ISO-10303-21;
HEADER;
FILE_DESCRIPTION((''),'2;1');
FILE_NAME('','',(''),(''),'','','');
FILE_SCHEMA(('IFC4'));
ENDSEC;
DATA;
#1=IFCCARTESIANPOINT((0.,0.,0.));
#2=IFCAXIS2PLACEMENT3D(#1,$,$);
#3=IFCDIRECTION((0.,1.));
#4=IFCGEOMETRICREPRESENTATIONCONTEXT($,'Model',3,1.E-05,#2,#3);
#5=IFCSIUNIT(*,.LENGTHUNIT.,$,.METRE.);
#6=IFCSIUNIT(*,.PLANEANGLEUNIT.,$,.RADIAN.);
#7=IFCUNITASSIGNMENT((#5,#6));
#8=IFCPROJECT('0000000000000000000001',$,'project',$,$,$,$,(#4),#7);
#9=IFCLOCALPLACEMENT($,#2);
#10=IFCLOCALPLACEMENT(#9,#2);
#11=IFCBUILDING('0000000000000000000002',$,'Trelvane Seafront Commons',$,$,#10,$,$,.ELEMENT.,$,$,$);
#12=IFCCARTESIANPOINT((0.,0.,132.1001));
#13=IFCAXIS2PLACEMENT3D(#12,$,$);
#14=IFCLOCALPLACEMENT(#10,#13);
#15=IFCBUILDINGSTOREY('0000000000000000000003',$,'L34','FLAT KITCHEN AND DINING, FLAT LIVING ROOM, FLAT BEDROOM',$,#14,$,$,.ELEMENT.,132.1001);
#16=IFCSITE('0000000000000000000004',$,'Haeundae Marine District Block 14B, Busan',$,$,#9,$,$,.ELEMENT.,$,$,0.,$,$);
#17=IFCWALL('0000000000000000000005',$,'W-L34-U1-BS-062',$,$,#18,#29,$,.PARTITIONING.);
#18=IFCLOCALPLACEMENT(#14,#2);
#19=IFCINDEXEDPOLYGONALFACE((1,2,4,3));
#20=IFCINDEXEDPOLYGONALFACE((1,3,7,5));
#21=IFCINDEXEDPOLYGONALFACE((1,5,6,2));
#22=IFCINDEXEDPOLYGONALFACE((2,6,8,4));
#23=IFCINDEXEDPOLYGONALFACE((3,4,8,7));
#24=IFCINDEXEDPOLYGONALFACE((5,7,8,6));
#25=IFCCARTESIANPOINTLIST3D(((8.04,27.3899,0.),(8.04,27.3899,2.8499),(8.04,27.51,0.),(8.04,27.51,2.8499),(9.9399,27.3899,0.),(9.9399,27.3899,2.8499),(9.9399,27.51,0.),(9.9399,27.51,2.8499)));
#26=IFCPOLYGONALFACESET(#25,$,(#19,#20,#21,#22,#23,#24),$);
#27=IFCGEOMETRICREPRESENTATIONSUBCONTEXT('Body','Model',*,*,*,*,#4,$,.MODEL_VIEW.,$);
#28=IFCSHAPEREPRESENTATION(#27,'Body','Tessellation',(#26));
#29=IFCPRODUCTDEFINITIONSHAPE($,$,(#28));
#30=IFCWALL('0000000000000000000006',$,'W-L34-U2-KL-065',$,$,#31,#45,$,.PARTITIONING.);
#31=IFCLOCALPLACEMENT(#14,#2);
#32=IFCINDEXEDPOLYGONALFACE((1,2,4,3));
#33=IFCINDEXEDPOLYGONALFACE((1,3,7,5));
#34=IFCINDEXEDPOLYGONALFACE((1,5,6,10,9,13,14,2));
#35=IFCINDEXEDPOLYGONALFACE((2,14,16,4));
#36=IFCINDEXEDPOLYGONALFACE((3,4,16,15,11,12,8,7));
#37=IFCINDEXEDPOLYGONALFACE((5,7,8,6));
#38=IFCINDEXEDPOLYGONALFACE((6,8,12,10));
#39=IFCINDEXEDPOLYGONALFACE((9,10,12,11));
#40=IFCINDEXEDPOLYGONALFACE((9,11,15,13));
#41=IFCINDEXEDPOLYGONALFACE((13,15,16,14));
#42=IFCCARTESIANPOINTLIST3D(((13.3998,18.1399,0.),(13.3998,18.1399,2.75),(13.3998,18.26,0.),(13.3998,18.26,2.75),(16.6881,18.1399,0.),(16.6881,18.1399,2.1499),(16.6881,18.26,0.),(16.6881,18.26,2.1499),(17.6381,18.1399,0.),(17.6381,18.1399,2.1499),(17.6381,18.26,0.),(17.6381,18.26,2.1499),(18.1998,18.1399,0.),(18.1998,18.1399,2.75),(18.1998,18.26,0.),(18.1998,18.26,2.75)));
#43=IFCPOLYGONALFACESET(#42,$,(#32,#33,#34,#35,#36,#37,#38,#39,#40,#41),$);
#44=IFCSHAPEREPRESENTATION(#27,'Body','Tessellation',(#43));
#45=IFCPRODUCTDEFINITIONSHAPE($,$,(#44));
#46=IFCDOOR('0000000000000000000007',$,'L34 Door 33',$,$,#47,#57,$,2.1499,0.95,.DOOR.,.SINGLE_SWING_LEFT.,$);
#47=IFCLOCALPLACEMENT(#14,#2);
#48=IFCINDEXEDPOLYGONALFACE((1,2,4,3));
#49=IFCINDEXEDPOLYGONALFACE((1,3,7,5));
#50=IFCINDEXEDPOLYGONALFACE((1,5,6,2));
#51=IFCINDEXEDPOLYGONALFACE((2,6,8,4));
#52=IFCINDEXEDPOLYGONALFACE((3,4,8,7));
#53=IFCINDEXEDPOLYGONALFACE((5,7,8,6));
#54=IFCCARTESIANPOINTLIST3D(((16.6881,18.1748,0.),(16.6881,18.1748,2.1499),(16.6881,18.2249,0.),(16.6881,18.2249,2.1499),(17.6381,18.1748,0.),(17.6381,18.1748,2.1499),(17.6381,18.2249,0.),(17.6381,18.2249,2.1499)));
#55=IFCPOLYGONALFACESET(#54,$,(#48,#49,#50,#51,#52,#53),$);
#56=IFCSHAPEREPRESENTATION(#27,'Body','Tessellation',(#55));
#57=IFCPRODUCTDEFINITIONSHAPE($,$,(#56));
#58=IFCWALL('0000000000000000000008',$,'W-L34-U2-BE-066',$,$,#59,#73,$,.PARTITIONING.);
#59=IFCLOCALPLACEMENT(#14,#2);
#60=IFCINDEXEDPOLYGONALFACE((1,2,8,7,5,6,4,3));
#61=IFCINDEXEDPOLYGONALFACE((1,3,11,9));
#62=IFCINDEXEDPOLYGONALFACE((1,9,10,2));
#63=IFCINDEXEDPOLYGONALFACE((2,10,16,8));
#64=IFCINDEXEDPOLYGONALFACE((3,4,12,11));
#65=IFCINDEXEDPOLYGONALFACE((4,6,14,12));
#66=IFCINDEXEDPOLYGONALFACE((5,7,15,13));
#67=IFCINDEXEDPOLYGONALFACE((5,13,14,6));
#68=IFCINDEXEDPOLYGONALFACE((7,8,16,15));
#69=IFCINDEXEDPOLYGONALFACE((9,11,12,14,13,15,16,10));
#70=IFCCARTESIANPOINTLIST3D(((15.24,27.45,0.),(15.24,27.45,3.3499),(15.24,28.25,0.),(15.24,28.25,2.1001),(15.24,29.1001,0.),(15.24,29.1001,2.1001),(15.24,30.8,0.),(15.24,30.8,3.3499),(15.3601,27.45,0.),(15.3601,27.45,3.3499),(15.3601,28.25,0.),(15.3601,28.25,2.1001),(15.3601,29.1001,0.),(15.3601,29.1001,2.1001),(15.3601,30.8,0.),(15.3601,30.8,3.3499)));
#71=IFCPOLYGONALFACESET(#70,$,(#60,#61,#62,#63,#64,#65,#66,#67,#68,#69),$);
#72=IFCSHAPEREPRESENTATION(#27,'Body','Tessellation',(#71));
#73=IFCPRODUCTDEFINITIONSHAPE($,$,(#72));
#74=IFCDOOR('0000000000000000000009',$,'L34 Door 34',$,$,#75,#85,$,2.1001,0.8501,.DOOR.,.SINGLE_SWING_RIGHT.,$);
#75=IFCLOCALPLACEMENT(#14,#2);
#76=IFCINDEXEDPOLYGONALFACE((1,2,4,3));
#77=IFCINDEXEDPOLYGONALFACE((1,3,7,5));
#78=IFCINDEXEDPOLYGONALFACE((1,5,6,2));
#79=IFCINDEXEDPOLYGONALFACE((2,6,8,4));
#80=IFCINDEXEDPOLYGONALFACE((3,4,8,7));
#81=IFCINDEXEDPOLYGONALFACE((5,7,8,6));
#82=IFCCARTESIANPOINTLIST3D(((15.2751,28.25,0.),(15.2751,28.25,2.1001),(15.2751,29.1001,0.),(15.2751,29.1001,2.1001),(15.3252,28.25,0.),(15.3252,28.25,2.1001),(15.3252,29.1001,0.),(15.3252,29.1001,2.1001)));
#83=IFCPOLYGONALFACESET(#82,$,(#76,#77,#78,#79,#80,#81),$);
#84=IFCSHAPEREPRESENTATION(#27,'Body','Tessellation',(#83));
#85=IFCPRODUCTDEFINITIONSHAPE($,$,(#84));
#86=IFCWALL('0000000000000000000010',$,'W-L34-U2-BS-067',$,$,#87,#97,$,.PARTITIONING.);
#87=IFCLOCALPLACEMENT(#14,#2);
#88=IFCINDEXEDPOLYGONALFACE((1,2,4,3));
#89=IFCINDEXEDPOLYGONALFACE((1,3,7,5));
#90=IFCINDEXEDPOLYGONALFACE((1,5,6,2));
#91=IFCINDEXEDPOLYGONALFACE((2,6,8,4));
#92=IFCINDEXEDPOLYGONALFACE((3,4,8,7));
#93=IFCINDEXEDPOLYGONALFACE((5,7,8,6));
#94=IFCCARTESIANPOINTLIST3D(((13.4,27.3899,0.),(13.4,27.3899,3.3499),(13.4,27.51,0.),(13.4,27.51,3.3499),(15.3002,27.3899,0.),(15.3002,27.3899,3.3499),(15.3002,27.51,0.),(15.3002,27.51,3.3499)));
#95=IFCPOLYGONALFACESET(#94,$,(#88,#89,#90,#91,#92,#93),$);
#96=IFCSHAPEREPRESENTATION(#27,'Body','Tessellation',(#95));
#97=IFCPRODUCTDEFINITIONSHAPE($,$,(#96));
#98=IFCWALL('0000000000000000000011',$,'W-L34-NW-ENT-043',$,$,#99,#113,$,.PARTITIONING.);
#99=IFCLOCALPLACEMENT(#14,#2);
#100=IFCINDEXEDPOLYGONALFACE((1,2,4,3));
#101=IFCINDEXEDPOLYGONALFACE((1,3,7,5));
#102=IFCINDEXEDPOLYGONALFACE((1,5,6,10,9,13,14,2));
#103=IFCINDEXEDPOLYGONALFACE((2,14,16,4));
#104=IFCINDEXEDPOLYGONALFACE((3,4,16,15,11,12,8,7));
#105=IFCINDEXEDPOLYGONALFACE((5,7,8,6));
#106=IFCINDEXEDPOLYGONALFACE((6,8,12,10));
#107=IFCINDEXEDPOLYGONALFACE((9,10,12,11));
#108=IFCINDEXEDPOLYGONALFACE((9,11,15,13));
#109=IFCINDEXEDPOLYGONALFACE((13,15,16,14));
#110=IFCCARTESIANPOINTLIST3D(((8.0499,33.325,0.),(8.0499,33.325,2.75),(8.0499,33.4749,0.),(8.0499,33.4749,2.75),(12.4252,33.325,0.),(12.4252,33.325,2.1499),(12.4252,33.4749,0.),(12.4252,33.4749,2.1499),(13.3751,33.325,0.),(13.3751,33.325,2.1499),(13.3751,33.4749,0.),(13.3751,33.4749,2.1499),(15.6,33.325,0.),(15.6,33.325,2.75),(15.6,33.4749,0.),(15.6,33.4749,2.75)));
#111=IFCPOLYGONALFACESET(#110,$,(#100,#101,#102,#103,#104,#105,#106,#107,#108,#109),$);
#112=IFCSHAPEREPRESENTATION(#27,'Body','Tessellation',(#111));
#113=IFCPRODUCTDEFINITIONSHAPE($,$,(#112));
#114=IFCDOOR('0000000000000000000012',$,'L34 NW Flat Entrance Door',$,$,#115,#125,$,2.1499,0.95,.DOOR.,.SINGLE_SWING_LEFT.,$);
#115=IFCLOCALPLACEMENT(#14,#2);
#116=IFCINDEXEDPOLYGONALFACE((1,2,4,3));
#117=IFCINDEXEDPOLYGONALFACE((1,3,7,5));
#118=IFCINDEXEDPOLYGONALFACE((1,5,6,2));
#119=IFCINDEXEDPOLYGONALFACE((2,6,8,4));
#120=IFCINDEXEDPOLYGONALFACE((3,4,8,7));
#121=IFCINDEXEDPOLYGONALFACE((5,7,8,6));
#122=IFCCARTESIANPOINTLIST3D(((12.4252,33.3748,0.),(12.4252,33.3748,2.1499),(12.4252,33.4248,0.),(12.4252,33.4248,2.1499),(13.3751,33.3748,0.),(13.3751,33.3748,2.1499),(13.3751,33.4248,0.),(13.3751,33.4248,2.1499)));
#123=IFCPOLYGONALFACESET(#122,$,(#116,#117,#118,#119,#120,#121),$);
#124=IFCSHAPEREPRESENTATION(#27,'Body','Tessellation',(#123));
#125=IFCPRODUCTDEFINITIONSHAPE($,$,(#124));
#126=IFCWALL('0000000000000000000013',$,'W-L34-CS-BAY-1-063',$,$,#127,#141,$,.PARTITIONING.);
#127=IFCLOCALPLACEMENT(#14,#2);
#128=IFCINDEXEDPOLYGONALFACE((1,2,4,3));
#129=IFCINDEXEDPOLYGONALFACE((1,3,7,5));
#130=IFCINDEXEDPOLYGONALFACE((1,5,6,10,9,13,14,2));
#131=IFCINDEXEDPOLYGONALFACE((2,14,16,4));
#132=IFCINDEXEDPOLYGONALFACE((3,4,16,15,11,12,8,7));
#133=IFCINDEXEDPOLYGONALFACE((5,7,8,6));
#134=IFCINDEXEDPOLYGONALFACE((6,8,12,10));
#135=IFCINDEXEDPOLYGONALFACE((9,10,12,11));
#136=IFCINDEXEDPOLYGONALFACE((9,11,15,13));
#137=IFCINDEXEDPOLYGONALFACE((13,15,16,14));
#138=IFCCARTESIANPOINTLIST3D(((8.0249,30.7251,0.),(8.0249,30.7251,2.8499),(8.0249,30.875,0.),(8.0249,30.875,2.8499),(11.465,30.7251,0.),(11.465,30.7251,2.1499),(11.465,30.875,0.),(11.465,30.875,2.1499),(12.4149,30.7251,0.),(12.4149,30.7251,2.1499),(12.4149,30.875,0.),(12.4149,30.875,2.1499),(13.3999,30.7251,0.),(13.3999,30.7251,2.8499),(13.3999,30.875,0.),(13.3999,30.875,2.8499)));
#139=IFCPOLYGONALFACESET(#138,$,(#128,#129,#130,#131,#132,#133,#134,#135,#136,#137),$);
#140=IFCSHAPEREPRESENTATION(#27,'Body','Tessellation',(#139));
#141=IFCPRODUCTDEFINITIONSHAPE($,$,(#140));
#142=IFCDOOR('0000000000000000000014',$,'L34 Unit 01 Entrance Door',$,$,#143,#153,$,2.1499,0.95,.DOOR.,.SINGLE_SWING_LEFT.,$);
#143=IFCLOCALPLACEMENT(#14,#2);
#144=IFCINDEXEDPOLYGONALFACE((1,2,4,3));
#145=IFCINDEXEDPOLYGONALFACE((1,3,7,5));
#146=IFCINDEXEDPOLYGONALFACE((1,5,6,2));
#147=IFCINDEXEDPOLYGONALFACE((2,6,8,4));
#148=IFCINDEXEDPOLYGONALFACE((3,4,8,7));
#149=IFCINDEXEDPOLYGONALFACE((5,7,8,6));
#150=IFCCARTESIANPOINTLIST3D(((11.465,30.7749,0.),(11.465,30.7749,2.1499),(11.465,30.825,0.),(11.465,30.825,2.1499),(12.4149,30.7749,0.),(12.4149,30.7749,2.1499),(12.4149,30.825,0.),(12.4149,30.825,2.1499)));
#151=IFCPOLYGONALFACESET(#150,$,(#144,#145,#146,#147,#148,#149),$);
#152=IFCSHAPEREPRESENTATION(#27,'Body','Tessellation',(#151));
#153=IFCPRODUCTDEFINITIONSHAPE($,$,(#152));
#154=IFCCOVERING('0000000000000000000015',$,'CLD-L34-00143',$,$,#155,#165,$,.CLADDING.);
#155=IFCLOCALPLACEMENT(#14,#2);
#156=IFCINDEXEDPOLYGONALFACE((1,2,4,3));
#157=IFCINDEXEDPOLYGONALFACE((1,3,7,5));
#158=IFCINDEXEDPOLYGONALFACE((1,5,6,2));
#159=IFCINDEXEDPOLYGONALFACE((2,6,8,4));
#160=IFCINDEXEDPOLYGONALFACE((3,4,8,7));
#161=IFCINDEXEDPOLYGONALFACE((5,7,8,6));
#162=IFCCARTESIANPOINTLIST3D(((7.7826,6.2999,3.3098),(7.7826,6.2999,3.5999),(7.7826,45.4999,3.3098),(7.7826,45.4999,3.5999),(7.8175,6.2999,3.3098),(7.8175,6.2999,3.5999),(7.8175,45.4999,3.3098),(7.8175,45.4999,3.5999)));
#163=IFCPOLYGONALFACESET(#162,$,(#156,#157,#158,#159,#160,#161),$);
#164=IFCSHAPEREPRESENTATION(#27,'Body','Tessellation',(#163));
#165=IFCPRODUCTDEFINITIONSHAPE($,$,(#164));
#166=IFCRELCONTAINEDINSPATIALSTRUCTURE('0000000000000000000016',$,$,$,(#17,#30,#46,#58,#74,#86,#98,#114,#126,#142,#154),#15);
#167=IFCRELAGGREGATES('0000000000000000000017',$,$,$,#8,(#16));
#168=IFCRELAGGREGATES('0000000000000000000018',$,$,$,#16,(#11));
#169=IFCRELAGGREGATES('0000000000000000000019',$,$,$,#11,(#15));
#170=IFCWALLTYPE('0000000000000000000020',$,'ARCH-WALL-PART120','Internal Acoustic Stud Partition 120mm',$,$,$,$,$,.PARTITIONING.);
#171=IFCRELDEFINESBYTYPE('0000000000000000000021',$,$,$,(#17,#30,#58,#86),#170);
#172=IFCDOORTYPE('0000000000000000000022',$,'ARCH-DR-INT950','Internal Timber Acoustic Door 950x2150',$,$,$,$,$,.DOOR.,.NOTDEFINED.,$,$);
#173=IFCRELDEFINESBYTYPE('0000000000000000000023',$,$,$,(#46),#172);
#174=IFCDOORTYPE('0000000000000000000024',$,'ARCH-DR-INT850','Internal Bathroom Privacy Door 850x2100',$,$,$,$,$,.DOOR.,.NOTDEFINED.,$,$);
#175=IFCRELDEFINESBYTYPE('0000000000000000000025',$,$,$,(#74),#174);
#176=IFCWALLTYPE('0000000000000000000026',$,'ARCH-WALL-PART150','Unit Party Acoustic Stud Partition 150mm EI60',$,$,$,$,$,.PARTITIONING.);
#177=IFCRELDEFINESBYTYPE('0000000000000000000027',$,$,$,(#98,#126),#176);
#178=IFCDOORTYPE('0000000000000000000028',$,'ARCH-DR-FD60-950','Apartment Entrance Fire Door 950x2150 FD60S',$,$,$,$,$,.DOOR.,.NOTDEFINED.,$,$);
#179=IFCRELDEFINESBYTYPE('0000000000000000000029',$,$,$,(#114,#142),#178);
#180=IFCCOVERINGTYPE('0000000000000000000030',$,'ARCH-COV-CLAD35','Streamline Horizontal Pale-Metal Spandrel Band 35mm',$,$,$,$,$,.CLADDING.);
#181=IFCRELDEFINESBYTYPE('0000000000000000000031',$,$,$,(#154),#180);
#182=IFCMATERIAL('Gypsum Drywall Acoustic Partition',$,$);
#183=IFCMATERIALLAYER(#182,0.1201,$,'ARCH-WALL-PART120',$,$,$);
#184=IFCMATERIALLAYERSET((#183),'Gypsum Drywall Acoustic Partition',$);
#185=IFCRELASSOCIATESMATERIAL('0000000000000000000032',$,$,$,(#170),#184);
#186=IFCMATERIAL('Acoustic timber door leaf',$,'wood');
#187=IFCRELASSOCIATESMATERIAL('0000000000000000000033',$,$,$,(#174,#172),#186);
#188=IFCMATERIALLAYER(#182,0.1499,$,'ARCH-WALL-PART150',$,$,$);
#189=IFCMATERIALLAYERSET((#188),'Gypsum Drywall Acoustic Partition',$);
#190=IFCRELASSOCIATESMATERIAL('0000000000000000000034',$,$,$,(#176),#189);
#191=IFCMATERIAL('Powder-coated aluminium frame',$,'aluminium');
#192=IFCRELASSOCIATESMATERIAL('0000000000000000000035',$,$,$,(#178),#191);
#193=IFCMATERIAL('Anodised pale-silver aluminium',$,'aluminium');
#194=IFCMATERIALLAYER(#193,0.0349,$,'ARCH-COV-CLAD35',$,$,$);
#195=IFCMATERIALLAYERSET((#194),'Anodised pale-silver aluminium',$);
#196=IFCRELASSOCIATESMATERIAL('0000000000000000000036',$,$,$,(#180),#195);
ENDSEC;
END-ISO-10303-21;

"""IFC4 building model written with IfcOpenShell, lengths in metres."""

from ifc_helpers import new_model, si_unit, direction, frame, frame_2d, origin, origin_2d, place, context, subcontext, project, spatial, rectangle, extrude, source, transform, mapped, material, layer, layer_set, type_object, element, fill, save


model = new_model("IFC4")

# Units and contexts
model_context = context("Model", 3, precision=1e-05, world=origin(), true_north=direction((0.0, 1.0)))
body_context = subcontext(model_context, "Body", "Model", "MODEL_VIEW")
ifc_project = project(units=[si_unit("LENGTHUNIT", "METRE"), si_unit("PLANEANGLEUNIT", "RADIAN")], contexts=[model_context])

# Site, building, storey
site_placement = place(None, origin())
site = spatial("IfcSite", under=ifc_project, at=site_placement, Name="Haeundae Marine District Block 14B, Busan", CompositionType="ELEMENT", RefElevation=0.0)
building_placement = place(site_placement, origin())
building = spatial("IfcBuilding", under=site, at=building_placement, Name="Trelvane Seafront Commons", CompositionType="ELEMENT")
storey_placement = place(building_placement, frame((0.0, 0.0, 132.1001)))
storey = spatial("IfcBuildingStorey", under=building, at=storey_placement, Name="L34", Description="FLAT KITCHEN AND DINING, FLAT LIVING ROOM, FLAT BEDROOM", CompositionType="ELEMENT", Elevation=132.1001)

# Shared definitions
ifc_material_1 = material(Name="Anodised pale-silver aluminium", Category="aluminium")

# Shared definitions
ifc_material_2 = material(Name="Gypsum Drywall Acoustic Partition")
ifc_layer_1 = layer(ifc_material_2, 0.1201, Name="ARCH-WALL-PART120")
ifc_layer_set_1 = layer_set([ifc_layer_1], Name="Gypsum Drywall Acoustic Partition")
wall_type_1 = type_object("IfcWallType", Name="ARCH-WALL-PART120", Description="Internal Acoustic Stud Partition 120mm", PredefinedType="PARTITIONING", material=ifc_layer_set_1)
ifc_material_3 = material(Name="Acoustic timber door leaf", Category="wood")
door_type_1 = type_object("IfcDoorType", Name="ARCH-DR-INT850", Description="Internal Bathroom Privacy Door 850x2100", OperationType="NOTDEFINED", PredefinedType="DOOR", material=ifc_material_3)
shared_shape_1 = source(origin(), body_context, "Body", "SweptSolid", [
    extrude(rectangle(XDim=0.8501, YDim=2.1001, at=frame_2d((0.425, 1.05))), frame((0.0, 0.0249, 0.0), z_axis=(0.0, -1.0, 0.0), x_axis=(1.0, 0.0, 0.0)), (0.0, 0.0, 1.0), 0.05),
])
door_type_2 = type_object("IfcDoorType", Name="ARCH-DR-INT950", Description="Internal Timber Acoustic Door 950x2150", OperationType="NOTDEFINED", PredefinedType="DOOR", material=ifc_material_3)
shared_shape_2 = source(origin(), body_context, "Body", "SweptSolid", [
    extrude(rectangle(XDim=0.95, YDim=2.1499, at=frame_2d((0.4751, 1.075))), frame((0.0, 0.0249, 0.0), z_axis=(0.0, -1.0, 0.0), x_axis=(1.0, 0.0, 0.0)), (0.0, 0.0, 1.0), 0.05),
])

# Wall
wall_1_placement = place(storey_placement, frame((8.04, 27.45, 0.0), z_axis=(0.0, 0.0, 1.0), x_axis=(1.0, 0.0, 0.0)))
element("IfcWall", 1, at=wall_1_placement, inside=storey, type_object=wall_type_1, Name="W-L34-U1-BS-062", PredefinedType="PARTITIONING", context=body_context, shape_type="SweptSolid", body=[
    extrude(rectangle(XDim=1.8999, YDim=0.1201, at=frame_2d((0.95, 0.0))), origin(), (0.0, 0.0, 1.0), 2.8499),
])

# Walls, openings, doors
wall_2_placement = place(storey_placement, frame((13.3999, 18.2, 0.0), z_axis=(0.0, 0.0, 1.0), x_axis=(1.0, 0.0, 0.0)))
wall_2 = element("IfcWall", 2, at=wall_2_placement, inside=storey, type_object=wall_type_1, Name="W-L34-U2-KL-065", PredefinedType="PARTITIONING", context=body_context, shape_type="SweptSolid", body=[
    extrude(rectangle(XDim=4.8, YDim=0.1201, at=frame_2d((2.3999, 0.0))), origin(), (0.0, 0.0, 1.0), 2.75),
])
opening_1_placement = place(wall_2_placement, frame((3.2881, 0.0, 0.0)))
opening_1 = element("IfcOpeningElement", 3, at=opening_1_placement, cuts=wall_2, PredefinedType="OPENING", context=body_context, shape_type="SweptSolid", body=[
    extrude(rectangle(XDim=0.95, YDim=2.1499, at=frame_2d((0.4751, 1.075))), frame((0.0, 0.0701, 0.0), z_axis=(0.0, -1.0, 0.0), x_axis=(1.0, 0.0, 0.0)), (0.0, 0.0, 1.0), 0.1401),
])
door_1_placement = place(opening_1_placement, origin())
door_1 = element("IfcDoor", 4, at=door_1_placement, inside=storey, type_object=door_type_2, Name="L34 Door 33", OperationType="SINGLE_SWING_LEFT", OverallHeight=2.1499, OverallWidth=0.95, PredefinedType="DOOR", context=body_context, shape_type="MappedRepresentation", body=[
    mapped(shared_shape_2, transform((0.0, 0.0, 0.0), x_axis=(1.0, 0.0, 0.0), y_axis=(0.0, 1.0, 0.0), z_axis=(0.0, 0.0, 1.0), scale=1.0)),
])
fill(opening_1, door_1)
wall_3_placement = place(storey_placement, frame((15.3, 27.45, 0.0), z_axis=(0.0, 0.0, 1.0), x_axis=(0.0, 1.0, 0.0)))
wall_3 = element("IfcWall", 5, at=wall_3_placement, inside=storey, type_object=wall_type_1, Name="W-L34-U2-BE-066", PredefinedType="PARTITIONING", context=body_context, shape_type="SweptSolid", body=[
    extrude(rectangle(XDim=3.3501, YDim=0.1201, at=frame_2d((1.675, 0.0))), origin(), (0.0, 0.0, 1.0), 3.3499),
])
opening_2_placement = place(wall_3_placement, frame((0.8, 0.0, 0.0)))
opening_2 = element("IfcOpeningElement", 6, at=opening_2_placement, cuts=wall_3, PredefinedType="OPENING", context=body_context, shape_type="SweptSolid", body=[
    extrude(rectangle(XDim=0.8501, YDim=2.1001, at=frame_2d((0.425, 1.05))), frame((0.0, 0.0701, 0.0), z_axis=(0.0, -1.0, 0.0), x_axis=(1.0, 0.0, 0.0)), (0.0, 0.0, 1.0), 0.1401),
])
door_2_placement = place(opening_2_placement, origin())
door_2 = element("IfcDoor", 7, at=door_2_placement, inside=storey, type_object=door_type_1, Name="L34 Door 34", OperationType="SINGLE_SWING_RIGHT", OverallHeight=2.1001, OverallWidth=0.8501, PredefinedType="DOOR", context=body_context, shape_type="MappedRepresentation", body=[
    mapped(shared_shape_1, transform((0.0, 0.0, 0.0), x_axis=(1.0, 0.0, 0.0), y_axis=(0.0, 1.0, 0.0), z_axis=(0.0, 0.0, 1.0), scale=1.0)),
])
fill(opening_2, door_2)

# Wall
wall_4_placement = place(storey_placement, frame((13.3999, 27.45, 0.0), z_axis=(0.0, 0.0, 1.0), x_axis=(1.0, 0.0, 0.0)))
element("IfcWall", 8, at=wall_4_placement, inside=storey, type_object=wall_type_1, Name="W-L34-U2-BS-067", PredefinedType="PARTITIONING", context=body_context, shape_type="SweptSolid", body=[
    extrude(rectangle(XDim=1.9001, YDim=0.1201, at=frame_2d((0.9502, 0.0))), origin(), (0.0, 0.0, 1.0), 3.3499),
])

# Walls, openings, doors
ifc_layer_2 = layer(ifc_material_2, 0.1499, Name="ARCH-WALL-PART150")
ifc_layer_set_2 = layer_set([ifc_layer_2], Name="Gypsum Drywall Acoustic Partition")
wall_type_2 = type_object("IfcWallType", Name="ARCH-WALL-PART150", Description="Unit Party Acoustic Stud Partition 150mm EI60", PredefinedType="PARTITIONING", material=ifc_layer_set_2)
wall_5_placement = place(storey_placement, frame((8.05, 33.3999, 0.0), z_axis=(0.0, 0.0, 1.0), x_axis=(1.0, 0.0, 0.0)))
wall_5 = element("IfcWall", 9, at=wall_5_placement, inside=storey, type_object=wall_type_2, Name="W-L34-NW-ENT-043", PredefinedType="PARTITIONING", context=body_context, shape_type="SweptSolid", body=[
    extrude(rectangle(XDim=7.55, YDim=0.1499, at=frame_2d((3.7749, 0.0))), origin(), (0.0, 0.0, 1.0), 2.75),
])
opening_3_placement = place(wall_5_placement, frame((4.375, 0.0, 0.0)))
opening_3 = element("IfcOpeningElement", 10, at=opening_3_placement, cuts=wall_5, PredefinedType="OPENING", context=body_context, shape_type="SweptSolid", body=[
    extrude(rectangle(XDim=0.95, YDim=2.1499, at=frame_2d((0.4751, 1.075))), frame((0.0, 0.085, 0.0), z_axis=(0.0, -1.0, 0.0), x_axis=(1.0, 0.0, 0.0)), (0.0, 0.0, 1.0), 0.1699),
])
ifc_material_4 = material(Name="Powder-coated aluminium frame", Category="aluminium")
door_type_3 = type_object("IfcDoorType", Name="ARCH-DR-FD60-950", Description="Apartment Entrance Fire Door 950x2150 FD60S", OperationType="NOTDEFINED", PredefinedType="DOOR", material=ifc_material_4)
door_3_placement = place(opening_3_placement, origin())
door_3 = element("IfcDoor", 11, at=door_3_placement, inside=storey, type_object=door_type_3, Name="L34 NW Flat Entrance Door", OperationType="SINGLE_SWING_LEFT", OverallHeight=2.1499, OverallWidth=0.95, PredefinedType="DOOR", context=body_context, shape_type="MappedRepresentation", body=[
    mapped(shared_shape_2, transform((0.0, 0.0, 0.0), x_axis=(1.0, 0.0, 0.0), y_axis=(0.0, 1.0, 0.0), z_axis=(0.0, 0.0, 1.0), scale=1.0)),
])
fill(opening_3, door_3)
wall_6_placement = place(storey_placement, frame((8.0249, 30.8, 0.0), z_axis=(0.0, 0.0, 1.0), x_axis=(1.0, 0.0, 0.0)))
wall_6 = element("IfcWall", 12, at=wall_6_placement, inside=storey, type_object=wall_type_2, Name="W-L34-CS-BAY-1-063", PredefinedType="PARTITIONING", context=body_context, shape_type="SweptSolid", body=[
    extrude(rectangle(XDim=5.375, YDim=0.1499, at=frame_2d((2.6875, 0.0))), origin(), (0.0, 0.0, 1.0), 2.8499),
])
opening_4_placement = place(wall_6_placement, frame((3.4399, 0.0, 0.0)))
opening_4 = element("IfcOpeningElement", 13, at=opening_4_placement, cuts=wall_6, PredefinedType="OPENING", context=body_context, shape_type="SweptSolid", body=[
    extrude(rectangle(XDim=0.95, YDim=2.1499, at=frame_2d((0.4751, 1.075))), frame((0.0, 0.085, 0.0), z_axis=(0.0, -1.0, 0.0), x_axis=(1.0, 0.0, 0.0)), (0.0, 0.0, 1.0), 0.1699),
])
door_4_placement = place(opening_4_placement, origin())
door_4 = element("IfcDoor", 14, at=door_4_placement, inside=storey, type_object=door_type_3, Name="L34 Unit 01 Entrance Door", OperationType="SINGLE_SWING_LEFT", OverallHeight=2.1499, OverallWidth=0.95, PredefinedType="DOOR", context=body_context, shape_type="MappedRepresentation", body=[
    mapped(shared_shape_2, transform((0.0, 0.0, 0.0), x_axis=(1.0, 0.0, 0.0), y_axis=(0.0, 1.0, 0.0), z_axis=(0.0, 0.0, 1.0), scale=1.0)),
])
fill(opening_4, door_4)

# Covering
ifc_layer_3 = layer(ifc_material_1, 0.0349, Name="ARCH-COV-CLAD35")
ifc_layer_set_3 = layer_set([ifc_layer_3], Name="Anodised pale-silver aluminium")
covering_type = type_object("IfcCoveringType", Name="ARCH-COV-CLAD35", Description="Streamline Horizontal Pale-Metal Spandrel Band 35mm", PredefinedType="CLADDING", material=ifc_layer_set_3)
shared_shape_3 = source(origin(), body_context, "Body", "SweptSolid", [
    extrude(rectangle(XDim=39.2, YDim=0.0349, at=origin_2d()), origin(), (0.0, 0.0, 1.0), 0.29),
])
covering_placement = place(storey_placement, frame((7.8, 25.8999, 3.3098), z_axis=(0.0, 0.0, 1.0), x_axis=(0.0, 1.0, 0.0)))
element("IfcCovering", 15, at=covering_placement, inside=storey, type_object=covering_type, Name="CLD-L34-00143", PredefinedType="CLADDING", context=body_context, shape_type="MappedRepresentation", body=[
    mapped(shared_shape_3, transform((0.0, 0.0, 0.0), x_axis=(1.0, 0.0, 0.0), y_axis=(0.0, 1.0, 0.0), z_axis=(0.0, 0.0, 1.0), scale=1.0)),
])

save(model, "model.ifc")
